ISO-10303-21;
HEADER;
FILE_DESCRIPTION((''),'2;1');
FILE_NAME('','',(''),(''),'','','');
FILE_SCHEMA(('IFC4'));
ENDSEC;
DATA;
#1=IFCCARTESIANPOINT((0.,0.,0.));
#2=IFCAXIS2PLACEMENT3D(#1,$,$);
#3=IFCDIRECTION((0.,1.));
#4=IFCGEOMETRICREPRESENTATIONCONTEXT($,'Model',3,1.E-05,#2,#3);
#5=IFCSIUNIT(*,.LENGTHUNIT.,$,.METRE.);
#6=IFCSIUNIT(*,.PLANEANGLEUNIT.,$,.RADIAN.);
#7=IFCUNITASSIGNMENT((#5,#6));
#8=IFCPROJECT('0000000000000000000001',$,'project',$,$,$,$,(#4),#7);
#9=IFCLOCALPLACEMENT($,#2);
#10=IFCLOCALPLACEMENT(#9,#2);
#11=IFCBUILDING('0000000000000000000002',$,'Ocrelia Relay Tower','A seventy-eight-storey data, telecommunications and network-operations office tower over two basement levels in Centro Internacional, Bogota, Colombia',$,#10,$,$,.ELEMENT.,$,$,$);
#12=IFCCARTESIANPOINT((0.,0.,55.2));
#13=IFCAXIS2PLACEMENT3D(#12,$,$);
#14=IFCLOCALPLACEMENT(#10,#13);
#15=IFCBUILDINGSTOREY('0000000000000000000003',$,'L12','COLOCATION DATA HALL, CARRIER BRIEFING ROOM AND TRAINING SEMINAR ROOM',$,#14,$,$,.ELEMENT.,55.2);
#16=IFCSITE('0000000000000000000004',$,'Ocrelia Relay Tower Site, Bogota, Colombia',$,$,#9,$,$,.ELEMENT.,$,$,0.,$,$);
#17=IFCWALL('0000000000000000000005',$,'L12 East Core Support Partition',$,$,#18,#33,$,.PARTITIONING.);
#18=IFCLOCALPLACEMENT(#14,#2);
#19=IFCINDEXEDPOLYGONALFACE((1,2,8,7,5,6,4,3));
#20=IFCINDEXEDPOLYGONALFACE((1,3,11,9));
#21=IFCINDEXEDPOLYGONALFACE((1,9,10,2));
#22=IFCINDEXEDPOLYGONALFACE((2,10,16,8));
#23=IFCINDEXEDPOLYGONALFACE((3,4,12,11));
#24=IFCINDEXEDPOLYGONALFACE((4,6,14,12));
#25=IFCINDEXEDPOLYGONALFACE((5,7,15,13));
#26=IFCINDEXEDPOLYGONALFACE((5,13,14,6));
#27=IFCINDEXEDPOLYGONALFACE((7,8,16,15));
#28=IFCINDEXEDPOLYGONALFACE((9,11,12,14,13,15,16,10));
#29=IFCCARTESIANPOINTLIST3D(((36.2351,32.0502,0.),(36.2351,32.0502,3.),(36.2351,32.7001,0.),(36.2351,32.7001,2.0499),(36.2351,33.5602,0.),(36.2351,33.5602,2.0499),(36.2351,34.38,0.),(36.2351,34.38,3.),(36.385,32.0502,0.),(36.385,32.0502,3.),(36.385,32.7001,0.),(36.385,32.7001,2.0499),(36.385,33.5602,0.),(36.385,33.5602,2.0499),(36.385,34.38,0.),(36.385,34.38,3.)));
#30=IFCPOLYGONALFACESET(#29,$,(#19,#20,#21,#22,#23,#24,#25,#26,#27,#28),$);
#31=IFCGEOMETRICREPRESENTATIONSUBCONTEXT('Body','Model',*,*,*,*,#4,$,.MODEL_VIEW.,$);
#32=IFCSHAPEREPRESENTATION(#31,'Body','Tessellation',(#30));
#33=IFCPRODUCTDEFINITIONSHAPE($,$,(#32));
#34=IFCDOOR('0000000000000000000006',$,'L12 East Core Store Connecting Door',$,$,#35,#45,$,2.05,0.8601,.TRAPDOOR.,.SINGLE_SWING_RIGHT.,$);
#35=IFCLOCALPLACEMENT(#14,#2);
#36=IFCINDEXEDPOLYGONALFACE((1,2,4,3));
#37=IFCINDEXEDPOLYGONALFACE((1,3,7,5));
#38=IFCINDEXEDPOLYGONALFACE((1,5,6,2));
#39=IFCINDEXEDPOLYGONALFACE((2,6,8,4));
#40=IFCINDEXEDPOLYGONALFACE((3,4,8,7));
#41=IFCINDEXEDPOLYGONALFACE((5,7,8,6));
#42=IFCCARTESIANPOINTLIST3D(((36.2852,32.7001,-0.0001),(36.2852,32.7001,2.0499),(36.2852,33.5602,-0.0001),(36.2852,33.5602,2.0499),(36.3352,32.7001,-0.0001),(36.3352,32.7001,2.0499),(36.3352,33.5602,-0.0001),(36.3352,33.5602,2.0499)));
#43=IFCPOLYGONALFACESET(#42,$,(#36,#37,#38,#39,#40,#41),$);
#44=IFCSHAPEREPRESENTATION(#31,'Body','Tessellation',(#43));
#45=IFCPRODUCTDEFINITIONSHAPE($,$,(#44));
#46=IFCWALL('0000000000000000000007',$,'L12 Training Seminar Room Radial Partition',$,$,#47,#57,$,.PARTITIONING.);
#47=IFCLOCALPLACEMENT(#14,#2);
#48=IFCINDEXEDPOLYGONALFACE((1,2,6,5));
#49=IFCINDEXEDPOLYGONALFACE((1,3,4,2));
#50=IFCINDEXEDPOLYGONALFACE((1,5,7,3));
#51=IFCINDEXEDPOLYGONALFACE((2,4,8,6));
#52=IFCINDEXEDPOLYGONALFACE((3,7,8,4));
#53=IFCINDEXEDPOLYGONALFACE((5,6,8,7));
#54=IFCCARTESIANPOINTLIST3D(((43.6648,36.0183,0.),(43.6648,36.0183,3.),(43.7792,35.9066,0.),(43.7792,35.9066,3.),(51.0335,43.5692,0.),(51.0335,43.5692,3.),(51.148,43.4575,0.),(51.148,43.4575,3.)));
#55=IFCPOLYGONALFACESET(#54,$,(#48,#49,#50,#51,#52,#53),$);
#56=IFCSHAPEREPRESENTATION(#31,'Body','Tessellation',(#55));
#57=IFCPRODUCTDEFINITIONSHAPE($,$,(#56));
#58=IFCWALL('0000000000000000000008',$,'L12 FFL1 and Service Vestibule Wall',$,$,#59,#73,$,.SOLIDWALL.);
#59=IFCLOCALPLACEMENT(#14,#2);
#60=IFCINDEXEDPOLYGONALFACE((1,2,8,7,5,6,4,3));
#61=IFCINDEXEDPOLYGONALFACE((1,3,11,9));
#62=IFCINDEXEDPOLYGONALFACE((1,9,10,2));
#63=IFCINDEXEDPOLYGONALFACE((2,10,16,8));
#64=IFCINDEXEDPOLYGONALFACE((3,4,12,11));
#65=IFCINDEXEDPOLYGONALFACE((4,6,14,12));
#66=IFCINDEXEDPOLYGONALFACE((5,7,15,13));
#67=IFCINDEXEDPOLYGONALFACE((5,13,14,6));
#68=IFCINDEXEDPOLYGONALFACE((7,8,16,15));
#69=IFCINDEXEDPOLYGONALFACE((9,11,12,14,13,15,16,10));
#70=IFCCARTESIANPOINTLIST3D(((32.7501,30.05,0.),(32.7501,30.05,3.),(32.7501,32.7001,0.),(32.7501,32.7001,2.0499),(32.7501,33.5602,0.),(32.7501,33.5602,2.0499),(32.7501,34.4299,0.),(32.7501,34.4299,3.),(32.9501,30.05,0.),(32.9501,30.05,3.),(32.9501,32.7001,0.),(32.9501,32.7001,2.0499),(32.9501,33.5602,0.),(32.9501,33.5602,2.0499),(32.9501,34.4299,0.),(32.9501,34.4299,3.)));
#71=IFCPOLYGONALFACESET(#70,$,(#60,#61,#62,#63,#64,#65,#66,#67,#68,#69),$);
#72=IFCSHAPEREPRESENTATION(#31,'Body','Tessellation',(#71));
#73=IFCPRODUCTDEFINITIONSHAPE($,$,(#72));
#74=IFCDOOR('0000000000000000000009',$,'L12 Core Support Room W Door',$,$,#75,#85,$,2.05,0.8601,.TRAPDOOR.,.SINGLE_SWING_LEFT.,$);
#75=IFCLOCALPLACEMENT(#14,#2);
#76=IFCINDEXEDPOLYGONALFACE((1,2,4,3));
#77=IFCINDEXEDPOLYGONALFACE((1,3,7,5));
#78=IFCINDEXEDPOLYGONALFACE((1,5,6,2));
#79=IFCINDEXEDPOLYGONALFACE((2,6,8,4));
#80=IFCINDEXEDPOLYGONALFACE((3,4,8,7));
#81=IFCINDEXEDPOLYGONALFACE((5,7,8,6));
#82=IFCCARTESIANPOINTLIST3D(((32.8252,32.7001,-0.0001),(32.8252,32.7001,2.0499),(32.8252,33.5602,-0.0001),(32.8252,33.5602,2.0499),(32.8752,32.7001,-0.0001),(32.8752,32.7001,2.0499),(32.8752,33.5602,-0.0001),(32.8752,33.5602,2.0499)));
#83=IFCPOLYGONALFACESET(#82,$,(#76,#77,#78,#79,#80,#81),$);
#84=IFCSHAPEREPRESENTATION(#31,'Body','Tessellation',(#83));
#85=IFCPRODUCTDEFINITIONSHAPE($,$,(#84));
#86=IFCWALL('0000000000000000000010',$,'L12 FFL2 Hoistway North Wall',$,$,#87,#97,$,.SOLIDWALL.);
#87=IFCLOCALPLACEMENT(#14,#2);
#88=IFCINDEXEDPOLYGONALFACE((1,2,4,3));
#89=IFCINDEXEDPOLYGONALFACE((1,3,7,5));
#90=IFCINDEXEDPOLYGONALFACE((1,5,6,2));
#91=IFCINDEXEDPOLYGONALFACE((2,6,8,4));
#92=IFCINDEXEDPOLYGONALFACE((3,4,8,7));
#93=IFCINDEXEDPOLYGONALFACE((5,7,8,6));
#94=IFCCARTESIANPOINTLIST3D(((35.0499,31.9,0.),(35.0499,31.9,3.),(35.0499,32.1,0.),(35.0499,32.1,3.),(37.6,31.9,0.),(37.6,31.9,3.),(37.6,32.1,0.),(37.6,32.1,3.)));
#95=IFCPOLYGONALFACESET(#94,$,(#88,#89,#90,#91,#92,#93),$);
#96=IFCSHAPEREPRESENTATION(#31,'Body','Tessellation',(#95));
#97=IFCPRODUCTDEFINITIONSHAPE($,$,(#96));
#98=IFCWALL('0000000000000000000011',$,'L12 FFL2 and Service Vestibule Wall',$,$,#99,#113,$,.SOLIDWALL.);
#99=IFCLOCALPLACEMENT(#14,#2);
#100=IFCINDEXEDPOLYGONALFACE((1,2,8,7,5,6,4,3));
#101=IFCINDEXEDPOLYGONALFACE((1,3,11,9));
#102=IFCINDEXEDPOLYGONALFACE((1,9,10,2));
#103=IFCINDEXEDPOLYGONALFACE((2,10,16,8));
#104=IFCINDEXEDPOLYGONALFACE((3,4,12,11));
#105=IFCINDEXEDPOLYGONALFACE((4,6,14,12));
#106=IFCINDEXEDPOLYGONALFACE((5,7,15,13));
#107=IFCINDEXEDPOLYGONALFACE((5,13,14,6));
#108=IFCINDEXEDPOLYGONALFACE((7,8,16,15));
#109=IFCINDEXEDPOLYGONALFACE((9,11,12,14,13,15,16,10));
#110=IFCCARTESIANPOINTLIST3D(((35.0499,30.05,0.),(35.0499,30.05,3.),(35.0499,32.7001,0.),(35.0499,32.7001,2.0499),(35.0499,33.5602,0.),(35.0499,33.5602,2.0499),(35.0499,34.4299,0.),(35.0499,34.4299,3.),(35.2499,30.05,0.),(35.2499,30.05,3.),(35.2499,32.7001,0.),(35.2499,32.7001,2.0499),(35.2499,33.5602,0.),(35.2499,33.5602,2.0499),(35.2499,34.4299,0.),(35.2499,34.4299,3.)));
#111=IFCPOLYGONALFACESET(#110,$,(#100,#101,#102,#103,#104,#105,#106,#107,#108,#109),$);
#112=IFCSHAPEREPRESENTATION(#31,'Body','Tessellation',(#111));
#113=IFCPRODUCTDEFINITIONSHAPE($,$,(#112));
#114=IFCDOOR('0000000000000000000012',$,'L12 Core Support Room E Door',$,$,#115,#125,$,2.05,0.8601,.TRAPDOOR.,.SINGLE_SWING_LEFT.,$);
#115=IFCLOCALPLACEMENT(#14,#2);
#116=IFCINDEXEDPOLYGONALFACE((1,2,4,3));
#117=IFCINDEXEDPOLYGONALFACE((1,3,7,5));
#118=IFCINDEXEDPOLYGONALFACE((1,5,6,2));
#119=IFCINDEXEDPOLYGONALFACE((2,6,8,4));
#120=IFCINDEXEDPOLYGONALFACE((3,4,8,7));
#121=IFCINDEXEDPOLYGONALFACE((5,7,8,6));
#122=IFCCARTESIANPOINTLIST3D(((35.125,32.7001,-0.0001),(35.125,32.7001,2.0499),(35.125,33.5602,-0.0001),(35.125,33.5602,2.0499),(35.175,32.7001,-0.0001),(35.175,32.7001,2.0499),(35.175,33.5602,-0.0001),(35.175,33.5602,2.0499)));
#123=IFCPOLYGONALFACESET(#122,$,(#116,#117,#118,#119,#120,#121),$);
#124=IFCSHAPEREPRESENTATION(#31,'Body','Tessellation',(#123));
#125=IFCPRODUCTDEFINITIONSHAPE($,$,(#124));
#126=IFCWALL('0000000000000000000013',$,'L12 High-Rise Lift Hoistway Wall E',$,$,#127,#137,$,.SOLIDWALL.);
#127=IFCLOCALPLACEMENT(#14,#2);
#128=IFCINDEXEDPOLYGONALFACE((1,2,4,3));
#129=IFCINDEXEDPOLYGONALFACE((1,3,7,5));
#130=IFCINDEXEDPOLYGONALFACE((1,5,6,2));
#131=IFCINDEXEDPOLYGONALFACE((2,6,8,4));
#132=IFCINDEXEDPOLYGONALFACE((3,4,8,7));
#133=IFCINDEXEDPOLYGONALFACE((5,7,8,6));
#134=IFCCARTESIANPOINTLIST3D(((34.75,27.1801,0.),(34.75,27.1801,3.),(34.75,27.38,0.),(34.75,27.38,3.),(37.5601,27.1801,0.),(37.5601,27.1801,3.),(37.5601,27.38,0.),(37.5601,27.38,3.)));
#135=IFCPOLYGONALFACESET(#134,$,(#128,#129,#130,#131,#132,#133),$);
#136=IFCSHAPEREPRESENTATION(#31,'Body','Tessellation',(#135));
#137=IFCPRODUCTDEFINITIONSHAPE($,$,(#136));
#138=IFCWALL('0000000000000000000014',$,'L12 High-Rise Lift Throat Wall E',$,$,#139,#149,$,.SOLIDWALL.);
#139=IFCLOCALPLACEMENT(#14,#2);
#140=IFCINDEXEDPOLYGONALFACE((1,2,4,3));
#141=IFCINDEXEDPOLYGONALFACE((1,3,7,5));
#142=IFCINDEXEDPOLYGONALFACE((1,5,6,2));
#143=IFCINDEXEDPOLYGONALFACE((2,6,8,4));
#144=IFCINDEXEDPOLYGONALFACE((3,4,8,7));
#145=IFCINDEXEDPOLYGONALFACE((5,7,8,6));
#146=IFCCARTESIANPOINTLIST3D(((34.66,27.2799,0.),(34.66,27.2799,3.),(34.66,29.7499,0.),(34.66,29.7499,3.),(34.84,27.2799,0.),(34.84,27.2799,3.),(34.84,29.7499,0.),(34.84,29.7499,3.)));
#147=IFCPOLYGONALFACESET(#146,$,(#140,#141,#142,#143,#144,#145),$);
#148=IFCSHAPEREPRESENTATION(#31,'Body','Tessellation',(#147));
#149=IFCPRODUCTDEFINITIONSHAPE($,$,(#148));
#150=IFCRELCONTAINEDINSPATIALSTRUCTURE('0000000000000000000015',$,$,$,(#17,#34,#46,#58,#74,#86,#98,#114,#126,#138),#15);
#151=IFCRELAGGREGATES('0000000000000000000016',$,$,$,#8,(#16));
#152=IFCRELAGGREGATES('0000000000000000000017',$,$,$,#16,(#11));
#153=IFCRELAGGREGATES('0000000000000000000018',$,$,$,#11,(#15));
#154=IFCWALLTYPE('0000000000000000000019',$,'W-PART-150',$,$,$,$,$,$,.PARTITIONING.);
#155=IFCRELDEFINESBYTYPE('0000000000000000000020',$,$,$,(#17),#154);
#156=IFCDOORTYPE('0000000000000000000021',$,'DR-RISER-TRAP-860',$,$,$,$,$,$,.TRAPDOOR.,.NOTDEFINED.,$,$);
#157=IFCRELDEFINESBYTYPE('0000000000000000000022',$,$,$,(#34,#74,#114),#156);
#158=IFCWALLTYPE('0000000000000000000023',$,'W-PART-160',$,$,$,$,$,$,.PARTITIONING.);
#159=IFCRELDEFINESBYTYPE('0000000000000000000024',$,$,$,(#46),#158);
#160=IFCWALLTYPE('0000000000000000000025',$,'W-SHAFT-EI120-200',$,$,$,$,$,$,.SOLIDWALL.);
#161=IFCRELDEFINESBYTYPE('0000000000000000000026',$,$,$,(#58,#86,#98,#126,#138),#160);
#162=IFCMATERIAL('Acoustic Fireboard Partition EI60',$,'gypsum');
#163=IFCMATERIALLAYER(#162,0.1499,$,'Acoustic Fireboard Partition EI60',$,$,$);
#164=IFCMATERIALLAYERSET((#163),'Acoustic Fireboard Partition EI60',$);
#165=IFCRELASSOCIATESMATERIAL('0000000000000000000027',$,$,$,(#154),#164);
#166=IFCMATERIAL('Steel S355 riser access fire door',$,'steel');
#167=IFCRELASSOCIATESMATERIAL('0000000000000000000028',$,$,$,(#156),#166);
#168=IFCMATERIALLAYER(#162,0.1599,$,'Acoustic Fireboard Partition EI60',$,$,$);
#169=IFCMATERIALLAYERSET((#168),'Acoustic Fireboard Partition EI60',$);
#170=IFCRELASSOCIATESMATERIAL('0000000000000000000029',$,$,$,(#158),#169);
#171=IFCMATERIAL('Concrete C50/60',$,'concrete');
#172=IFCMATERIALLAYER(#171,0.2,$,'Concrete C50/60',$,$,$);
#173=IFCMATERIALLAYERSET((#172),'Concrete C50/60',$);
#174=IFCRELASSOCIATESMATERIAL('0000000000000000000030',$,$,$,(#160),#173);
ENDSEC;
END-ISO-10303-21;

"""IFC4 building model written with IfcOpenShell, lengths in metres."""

from ifc_helpers import new_model, si_unit, direction, frame, frame_2d, origin, place, context, subcontext, project, spatial, rectangle, extrude, material, layer, layer_set, type_object, element, fill, save


model = new_model("IFC4")

# Units and contexts
model_context = context("Model", 3, precision=1e-05, world=origin(), true_north=direction((0.0, 1.0)))
body_context = subcontext(model_context, "Body", "Model", "MODEL_VIEW")
ifc_project = project(units=[si_unit("LENGTHUNIT", "METRE"), si_unit("PLANEANGLEUNIT", "RADIAN")], contexts=[model_context])

# Site, building, storey
site_placement = place(None, origin())
site = spatial("IfcSite", under=ifc_project, at=site_placement, Name="Ocrelia Relay Tower Site, Bogota, Colombia", CompositionType="ELEMENT", RefElevation=0.0)
building_placement = place(site_placement, origin())
building = spatial("IfcBuilding", under=site, at=building_placement, Name="Ocrelia Relay Tower", Description="A seventy-eight-storey data, telecommunications and network-operations office tower over two basement levels in Centro Internacional, Bogota, Colombia", CompositionType="ELEMENT")
storey_placement = place(building_placement, frame((0.0, 0.0, 55.2)))
storey = spatial("IfcBuildingStorey", under=building, at=storey_placement, Name="L12", Description="COLOCATION DATA HALL, CARRIER BRIEFING ROOM AND TRAINING SEMINAR ROOM", CompositionType="ELEMENT", Elevation=55.2)

# Shared definitions
ifc_material_1 = material(Name="Concrete C50/60", Category="concrete")

# Wall, opening, door
ifc_material_2 = material(Name="Acoustic Fireboard Partition EI60", Category="gypsum")
ifc_layer_1 = layer(ifc_material_2, 0.1499, Name="Acoustic Fireboard Partition EI60")
ifc_layer_set_1 = layer_set([ifc_layer_1], Name="Acoustic Fireboard Partition EI60")
wall_type_1 = type_object("IfcWallType", Name="W-PART-150", PredefinedType="PARTITIONING", material=ifc_layer_set_1)
ifc_material_3 = material(Name="Steel S355 riser access fire door", Category="steel")
door_type_1 = type_object("IfcDoorType", Name="DR-RISER-TRAP-860", OperationType="NOTDEFINED", PredefinedType="TRAPDOOR", material=ifc_material_3)
wall_1_placement = place(storey_placement, frame((36.3101, 32.05, 0.0), z_axis=(0.0, 0.0, 1.0), x_axis=(0.0, 1.0, 0.0)))
wall_1 = element("IfcWall", 1, at=wall_1_placement, inside=storey, type_object=wall_type_1, Name="L12 East Core Support Partition", PredefinedType="PARTITIONING", context=body_context, shape_type="SweptSolid", body=[
    extrude(rectangle(XDim=2.3298, YDim=0.1499, at=frame_2d((1.165, 0.0))), origin(), (0.0, 0.0, 1.0), 3.0),
])
opening_1_placement = place(wall_1_placement, frame((0.6499, 0.0, 0.0)))
opening_1 = element("IfcOpeningElement", 2, at=opening_1_placement, cuts=wall_1, PredefinedType="OPENING", context=body_context, shape_type="SweptSolid", body=[
    extrude(rectangle(XDim=0.8601, YDim=2.05, at=frame_2d((0.4302, 1.0249))), frame((0.0, 0.085, 0.0), z_axis=(0.0, -1.0, 0.0), x_axis=(1.0, 0.0, 0.0)), (0.0, 0.0, 1.0), 0.1699),
])
door_1_placement = place(opening_1_placement, origin())
door_1 = element("IfcDoor", 3, at=door_1_placement, inside=storey, type_object=door_type_1, Name="L12 East Core Store Connecting Door", OperationType="SINGLE_SWING_RIGHT", OverallHeight=2.05, OverallWidth=0.8601, PredefinedType="TRAPDOOR", context=body_context, shape_type="SweptSolid", body=[
    extrude(rectangle(XDim=0.8601, YDim=2.05, at=frame_2d((0.4302, 1.0249))), frame((0.0, 0.0249, 0.0), z_axis=(0.0, -1.0, 0.0), x_axis=(1.0, 0.0, 0.0)), (0.0, 0.0, 1.0), 0.05),
])
fill(opening_1, door_1)

# Wall
ifc_layer_2 = layer(ifc_material_2, 0.1599, Name="Acoustic Fireboard Partition EI60")
ifc_layer_set_2 = layer_set([ifc_layer_2], Name="Acoustic Fireboard Partition EI60")
wall_type_2 = type_object("IfcWallType", Name="W-PART-160", PredefinedType="PARTITIONING", material=ifc_layer_set_2)
wall_2_placement = place(storey_placement, frame((43.7219, 35.9624, 0.0), z_axis=(0.0, 0.0, 1.0), x_axis=(0.698423, 0.715685, 0.0)))
element("IfcWall", 4, at=wall_2_placement, inside=storey, type_object=wall_type_2, Name="L12 Training Seminar Room Radial Partition", PredefinedType="PARTITIONING", context=body_context, shape_type="SweptSolid", body=[
    extrude(rectangle(XDim=10.5505, YDim=0.1599, at=frame_2d((5.2754, 0.0))), origin(), (0.0, 0.0, 1.0), 3.0),
])

# Wall, opening, door
ifc_layer_3 = layer(ifc_material_1, 0.2, Name="Concrete C50/60")
ifc_layer_set_3 = layer_set([ifc_layer_3], Name="Concrete C50/60")
wall_type_3 = type_object("IfcWallType", Name="W-SHAFT-EI120-200", PredefinedType="SOLIDWALL", material=ifc_layer_set_3)
wall_3_placement = place(storey_placement, frame((32.8501, 30.05, 0.0), z_axis=(0.0, 0.0, 1.0), x_axis=(0.0, 1.0, 0.0)))
wall_3 = element("IfcWall", 5, at=wall_3_placement, inside=storey, type_object=wall_type_3, Name="L12 FFL1 and Service Vestibule Wall", PredefinedType="SOLIDWALL", context=body_context, shape_type="SweptSolid", body=[
    extrude(rectangle(XDim=4.3799, YDim=0.2, at=frame_2d((2.1899, 0.0))), origin(), (0.0, 0.0, 1.0), 3.0),
])
opening_2_placement = place(wall_3_placement, frame((2.6499, 0.0, 0.0)))
opening_2 = element("IfcOpeningElement", 6, at=opening_2_placement, cuts=wall_3, PredefinedType="OPENING", context=body_context, shape_type="SweptSolid", body=[
    extrude(rectangle(XDim=0.8601, YDim=2.05, at=frame_2d((0.4302, 1.0249))), frame((0.0, 0.1099, 0.0), z_axis=(0.0, -1.0, 0.0), x_axis=(1.0, 0.0, 0.0)), (0.0, 0.0, 1.0), 0.22),
])
door_2_placement = place(opening_2_placement, origin())
door_2 = element("IfcDoor", 7, at=door_2_placement, inside=storey, type_object=door_type_1, Name="L12 Core Support Room W Door", OperationType="SINGLE_SWING_LEFT", OverallHeight=2.05, OverallWidth=0.8601, PredefinedType="TRAPDOOR", context=body_context, shape_type="SweptSolid", body=[
    extrude(rectangle(XDim=0.8601, YDim=2.05, at=frame_2d((0.4302, 1.0249))), frame((0.0, 0.0249, 0.0), z_axis=(0.0, -1.0, 0.0), x_axis=(1.0, 0.0, 0.0)), (0.0, 0.0, 1.0), 0.05),
])
fill(opening_2, door_2)

# Wall
wall_4_placement = place(storey_placement, frame((35.05, 32.0, 0.0), z_axis=(0.0, 0.0, 1.0), x_axis=(1.0, 0.0, 0.0)))
element("IfcWall", 8, at=wall_4_placement, inside=storey, type_object=wall_type_3, Name="L12 FFL2 Hoistway North Wall", PredefinedType="SOLIDWALL", context=body_context, shape_type="SweptSolid", body=[
    extrude(rectangle(XDim=2.55, YDim=0.2, at=frame_2d((1.2749, 0.0))), origin(), (0.0, 0.0, 1.0), 3.0),
])

# Wall, opening, door
wall_5_placement = place(storey_placement, frame((35.1499, 30.05, 0.0), z_axis=(0.0, 0.0, 1.0), x_axis=(0.0, 1.0, 0.0)))
wall_5 = element("IfcWall", 9, at=wall_5_placement, inside=storey, type_object=wall_type_3, Name="L12 FFL2 and Service Vestibule Wall", PredefinedType="SOLIDWALL", context=body_context, shape_type="SweptSolid", body=[
    extrude(rectangle(XDim=4.3799, YDim=0.2, at=frame_2d((2.1899, 0.0))), origin(), (0.0, 0.0, 1.0), 3.0),
])
opening_3_placement = place(wall_5_placement, frame((2.6499, 0.0, 0.0)))
opening_3 = element("IfcOpeningElement", 10, at=opening_3_placement, cuts=wall_5, PredefinedType="OPENING", context=body_context, shape_type="SweptSolid", body=[
    extrude(rectangle(XDim=0.8601, YDim=2.05, at=frame_2d((0.4302, 1.0249))), frame((0.0, 0.1099, 0.0), z_axis=(0.0, -1.0, 0.0), x_axis=(1.0, 0.0, 0.0)), (0.0, 0.0, 1.0), 0.22),
])
door_3_placement = place(opening_3_placement, origin())
door_3 = element("IfcDoor", 11, at=door_3_placement, inside=storey, type_object=door_type_1, Name="L12 Core Support Room E Door", OperationType="SINGLE_SWING_LEFT", OverallHeight=2.05, OverallWidth=0.8601, PredefinedType="TRAPDOOR", context=body_context, shape_type="SweptSolid", body=[
    extrude(rectangle(XDim=0.8601, YDim=2.05, at=frame_2d((0.4302, 1.0249))), frame((0.0, 0.0249, 0.0), z_axis=(0.0, -1.0, 0.0), x_axis=(1.0, 0.0, 0.0)), (0.0, 0.0, 1.0), 0.05),
])
fill(opening_3, door_3)

# Walls
wall_6_placement = place(storey_placement, frame((34.75, 27.28, 0.0), z_axis=(0.0, 0.0, 1.0), x_axis=(1.0, 0.0, 0.0)))
element("IfcWall", 12, at=wall_6_placement, inside=storey, type_object=wall_type_3, Name="L12 High-Rise Lift Hoistway Wall E", PredefinedType="SOLIDWALL", context=body_context, shape_type="SweptSolid", body=[
    extrude(rectangle(XDim=2.8101, YDim=0.2, at=frame_2d((1.405, 0.0))), origin(), (0.0, 0.0, 1.0), 3.0),
])
wall_7_placement = place(storey_placement, frame((34.75, 27.28, 0.0), z_axis=(0.0, 0.0, 1.0), x_axis=(0.0, 1.0, 0.0)))
element("IfcWall", 13, at=wall_7_placement, inside=storey, type_object=wall_type_3, Name="L12 High-Rise Lift Throat Wall E", PredefinedType="SOLIDWALL", context=body_context, shape_type="SweptSolid", body=[
    extrude(rectangle(XDim=2.47, YDim=0.1799, at=frame_2d((1.2349, 0.0))), origin(), (0.0, 0.0, 1.0), 3.0),
])

save(model, "model.ifc")
